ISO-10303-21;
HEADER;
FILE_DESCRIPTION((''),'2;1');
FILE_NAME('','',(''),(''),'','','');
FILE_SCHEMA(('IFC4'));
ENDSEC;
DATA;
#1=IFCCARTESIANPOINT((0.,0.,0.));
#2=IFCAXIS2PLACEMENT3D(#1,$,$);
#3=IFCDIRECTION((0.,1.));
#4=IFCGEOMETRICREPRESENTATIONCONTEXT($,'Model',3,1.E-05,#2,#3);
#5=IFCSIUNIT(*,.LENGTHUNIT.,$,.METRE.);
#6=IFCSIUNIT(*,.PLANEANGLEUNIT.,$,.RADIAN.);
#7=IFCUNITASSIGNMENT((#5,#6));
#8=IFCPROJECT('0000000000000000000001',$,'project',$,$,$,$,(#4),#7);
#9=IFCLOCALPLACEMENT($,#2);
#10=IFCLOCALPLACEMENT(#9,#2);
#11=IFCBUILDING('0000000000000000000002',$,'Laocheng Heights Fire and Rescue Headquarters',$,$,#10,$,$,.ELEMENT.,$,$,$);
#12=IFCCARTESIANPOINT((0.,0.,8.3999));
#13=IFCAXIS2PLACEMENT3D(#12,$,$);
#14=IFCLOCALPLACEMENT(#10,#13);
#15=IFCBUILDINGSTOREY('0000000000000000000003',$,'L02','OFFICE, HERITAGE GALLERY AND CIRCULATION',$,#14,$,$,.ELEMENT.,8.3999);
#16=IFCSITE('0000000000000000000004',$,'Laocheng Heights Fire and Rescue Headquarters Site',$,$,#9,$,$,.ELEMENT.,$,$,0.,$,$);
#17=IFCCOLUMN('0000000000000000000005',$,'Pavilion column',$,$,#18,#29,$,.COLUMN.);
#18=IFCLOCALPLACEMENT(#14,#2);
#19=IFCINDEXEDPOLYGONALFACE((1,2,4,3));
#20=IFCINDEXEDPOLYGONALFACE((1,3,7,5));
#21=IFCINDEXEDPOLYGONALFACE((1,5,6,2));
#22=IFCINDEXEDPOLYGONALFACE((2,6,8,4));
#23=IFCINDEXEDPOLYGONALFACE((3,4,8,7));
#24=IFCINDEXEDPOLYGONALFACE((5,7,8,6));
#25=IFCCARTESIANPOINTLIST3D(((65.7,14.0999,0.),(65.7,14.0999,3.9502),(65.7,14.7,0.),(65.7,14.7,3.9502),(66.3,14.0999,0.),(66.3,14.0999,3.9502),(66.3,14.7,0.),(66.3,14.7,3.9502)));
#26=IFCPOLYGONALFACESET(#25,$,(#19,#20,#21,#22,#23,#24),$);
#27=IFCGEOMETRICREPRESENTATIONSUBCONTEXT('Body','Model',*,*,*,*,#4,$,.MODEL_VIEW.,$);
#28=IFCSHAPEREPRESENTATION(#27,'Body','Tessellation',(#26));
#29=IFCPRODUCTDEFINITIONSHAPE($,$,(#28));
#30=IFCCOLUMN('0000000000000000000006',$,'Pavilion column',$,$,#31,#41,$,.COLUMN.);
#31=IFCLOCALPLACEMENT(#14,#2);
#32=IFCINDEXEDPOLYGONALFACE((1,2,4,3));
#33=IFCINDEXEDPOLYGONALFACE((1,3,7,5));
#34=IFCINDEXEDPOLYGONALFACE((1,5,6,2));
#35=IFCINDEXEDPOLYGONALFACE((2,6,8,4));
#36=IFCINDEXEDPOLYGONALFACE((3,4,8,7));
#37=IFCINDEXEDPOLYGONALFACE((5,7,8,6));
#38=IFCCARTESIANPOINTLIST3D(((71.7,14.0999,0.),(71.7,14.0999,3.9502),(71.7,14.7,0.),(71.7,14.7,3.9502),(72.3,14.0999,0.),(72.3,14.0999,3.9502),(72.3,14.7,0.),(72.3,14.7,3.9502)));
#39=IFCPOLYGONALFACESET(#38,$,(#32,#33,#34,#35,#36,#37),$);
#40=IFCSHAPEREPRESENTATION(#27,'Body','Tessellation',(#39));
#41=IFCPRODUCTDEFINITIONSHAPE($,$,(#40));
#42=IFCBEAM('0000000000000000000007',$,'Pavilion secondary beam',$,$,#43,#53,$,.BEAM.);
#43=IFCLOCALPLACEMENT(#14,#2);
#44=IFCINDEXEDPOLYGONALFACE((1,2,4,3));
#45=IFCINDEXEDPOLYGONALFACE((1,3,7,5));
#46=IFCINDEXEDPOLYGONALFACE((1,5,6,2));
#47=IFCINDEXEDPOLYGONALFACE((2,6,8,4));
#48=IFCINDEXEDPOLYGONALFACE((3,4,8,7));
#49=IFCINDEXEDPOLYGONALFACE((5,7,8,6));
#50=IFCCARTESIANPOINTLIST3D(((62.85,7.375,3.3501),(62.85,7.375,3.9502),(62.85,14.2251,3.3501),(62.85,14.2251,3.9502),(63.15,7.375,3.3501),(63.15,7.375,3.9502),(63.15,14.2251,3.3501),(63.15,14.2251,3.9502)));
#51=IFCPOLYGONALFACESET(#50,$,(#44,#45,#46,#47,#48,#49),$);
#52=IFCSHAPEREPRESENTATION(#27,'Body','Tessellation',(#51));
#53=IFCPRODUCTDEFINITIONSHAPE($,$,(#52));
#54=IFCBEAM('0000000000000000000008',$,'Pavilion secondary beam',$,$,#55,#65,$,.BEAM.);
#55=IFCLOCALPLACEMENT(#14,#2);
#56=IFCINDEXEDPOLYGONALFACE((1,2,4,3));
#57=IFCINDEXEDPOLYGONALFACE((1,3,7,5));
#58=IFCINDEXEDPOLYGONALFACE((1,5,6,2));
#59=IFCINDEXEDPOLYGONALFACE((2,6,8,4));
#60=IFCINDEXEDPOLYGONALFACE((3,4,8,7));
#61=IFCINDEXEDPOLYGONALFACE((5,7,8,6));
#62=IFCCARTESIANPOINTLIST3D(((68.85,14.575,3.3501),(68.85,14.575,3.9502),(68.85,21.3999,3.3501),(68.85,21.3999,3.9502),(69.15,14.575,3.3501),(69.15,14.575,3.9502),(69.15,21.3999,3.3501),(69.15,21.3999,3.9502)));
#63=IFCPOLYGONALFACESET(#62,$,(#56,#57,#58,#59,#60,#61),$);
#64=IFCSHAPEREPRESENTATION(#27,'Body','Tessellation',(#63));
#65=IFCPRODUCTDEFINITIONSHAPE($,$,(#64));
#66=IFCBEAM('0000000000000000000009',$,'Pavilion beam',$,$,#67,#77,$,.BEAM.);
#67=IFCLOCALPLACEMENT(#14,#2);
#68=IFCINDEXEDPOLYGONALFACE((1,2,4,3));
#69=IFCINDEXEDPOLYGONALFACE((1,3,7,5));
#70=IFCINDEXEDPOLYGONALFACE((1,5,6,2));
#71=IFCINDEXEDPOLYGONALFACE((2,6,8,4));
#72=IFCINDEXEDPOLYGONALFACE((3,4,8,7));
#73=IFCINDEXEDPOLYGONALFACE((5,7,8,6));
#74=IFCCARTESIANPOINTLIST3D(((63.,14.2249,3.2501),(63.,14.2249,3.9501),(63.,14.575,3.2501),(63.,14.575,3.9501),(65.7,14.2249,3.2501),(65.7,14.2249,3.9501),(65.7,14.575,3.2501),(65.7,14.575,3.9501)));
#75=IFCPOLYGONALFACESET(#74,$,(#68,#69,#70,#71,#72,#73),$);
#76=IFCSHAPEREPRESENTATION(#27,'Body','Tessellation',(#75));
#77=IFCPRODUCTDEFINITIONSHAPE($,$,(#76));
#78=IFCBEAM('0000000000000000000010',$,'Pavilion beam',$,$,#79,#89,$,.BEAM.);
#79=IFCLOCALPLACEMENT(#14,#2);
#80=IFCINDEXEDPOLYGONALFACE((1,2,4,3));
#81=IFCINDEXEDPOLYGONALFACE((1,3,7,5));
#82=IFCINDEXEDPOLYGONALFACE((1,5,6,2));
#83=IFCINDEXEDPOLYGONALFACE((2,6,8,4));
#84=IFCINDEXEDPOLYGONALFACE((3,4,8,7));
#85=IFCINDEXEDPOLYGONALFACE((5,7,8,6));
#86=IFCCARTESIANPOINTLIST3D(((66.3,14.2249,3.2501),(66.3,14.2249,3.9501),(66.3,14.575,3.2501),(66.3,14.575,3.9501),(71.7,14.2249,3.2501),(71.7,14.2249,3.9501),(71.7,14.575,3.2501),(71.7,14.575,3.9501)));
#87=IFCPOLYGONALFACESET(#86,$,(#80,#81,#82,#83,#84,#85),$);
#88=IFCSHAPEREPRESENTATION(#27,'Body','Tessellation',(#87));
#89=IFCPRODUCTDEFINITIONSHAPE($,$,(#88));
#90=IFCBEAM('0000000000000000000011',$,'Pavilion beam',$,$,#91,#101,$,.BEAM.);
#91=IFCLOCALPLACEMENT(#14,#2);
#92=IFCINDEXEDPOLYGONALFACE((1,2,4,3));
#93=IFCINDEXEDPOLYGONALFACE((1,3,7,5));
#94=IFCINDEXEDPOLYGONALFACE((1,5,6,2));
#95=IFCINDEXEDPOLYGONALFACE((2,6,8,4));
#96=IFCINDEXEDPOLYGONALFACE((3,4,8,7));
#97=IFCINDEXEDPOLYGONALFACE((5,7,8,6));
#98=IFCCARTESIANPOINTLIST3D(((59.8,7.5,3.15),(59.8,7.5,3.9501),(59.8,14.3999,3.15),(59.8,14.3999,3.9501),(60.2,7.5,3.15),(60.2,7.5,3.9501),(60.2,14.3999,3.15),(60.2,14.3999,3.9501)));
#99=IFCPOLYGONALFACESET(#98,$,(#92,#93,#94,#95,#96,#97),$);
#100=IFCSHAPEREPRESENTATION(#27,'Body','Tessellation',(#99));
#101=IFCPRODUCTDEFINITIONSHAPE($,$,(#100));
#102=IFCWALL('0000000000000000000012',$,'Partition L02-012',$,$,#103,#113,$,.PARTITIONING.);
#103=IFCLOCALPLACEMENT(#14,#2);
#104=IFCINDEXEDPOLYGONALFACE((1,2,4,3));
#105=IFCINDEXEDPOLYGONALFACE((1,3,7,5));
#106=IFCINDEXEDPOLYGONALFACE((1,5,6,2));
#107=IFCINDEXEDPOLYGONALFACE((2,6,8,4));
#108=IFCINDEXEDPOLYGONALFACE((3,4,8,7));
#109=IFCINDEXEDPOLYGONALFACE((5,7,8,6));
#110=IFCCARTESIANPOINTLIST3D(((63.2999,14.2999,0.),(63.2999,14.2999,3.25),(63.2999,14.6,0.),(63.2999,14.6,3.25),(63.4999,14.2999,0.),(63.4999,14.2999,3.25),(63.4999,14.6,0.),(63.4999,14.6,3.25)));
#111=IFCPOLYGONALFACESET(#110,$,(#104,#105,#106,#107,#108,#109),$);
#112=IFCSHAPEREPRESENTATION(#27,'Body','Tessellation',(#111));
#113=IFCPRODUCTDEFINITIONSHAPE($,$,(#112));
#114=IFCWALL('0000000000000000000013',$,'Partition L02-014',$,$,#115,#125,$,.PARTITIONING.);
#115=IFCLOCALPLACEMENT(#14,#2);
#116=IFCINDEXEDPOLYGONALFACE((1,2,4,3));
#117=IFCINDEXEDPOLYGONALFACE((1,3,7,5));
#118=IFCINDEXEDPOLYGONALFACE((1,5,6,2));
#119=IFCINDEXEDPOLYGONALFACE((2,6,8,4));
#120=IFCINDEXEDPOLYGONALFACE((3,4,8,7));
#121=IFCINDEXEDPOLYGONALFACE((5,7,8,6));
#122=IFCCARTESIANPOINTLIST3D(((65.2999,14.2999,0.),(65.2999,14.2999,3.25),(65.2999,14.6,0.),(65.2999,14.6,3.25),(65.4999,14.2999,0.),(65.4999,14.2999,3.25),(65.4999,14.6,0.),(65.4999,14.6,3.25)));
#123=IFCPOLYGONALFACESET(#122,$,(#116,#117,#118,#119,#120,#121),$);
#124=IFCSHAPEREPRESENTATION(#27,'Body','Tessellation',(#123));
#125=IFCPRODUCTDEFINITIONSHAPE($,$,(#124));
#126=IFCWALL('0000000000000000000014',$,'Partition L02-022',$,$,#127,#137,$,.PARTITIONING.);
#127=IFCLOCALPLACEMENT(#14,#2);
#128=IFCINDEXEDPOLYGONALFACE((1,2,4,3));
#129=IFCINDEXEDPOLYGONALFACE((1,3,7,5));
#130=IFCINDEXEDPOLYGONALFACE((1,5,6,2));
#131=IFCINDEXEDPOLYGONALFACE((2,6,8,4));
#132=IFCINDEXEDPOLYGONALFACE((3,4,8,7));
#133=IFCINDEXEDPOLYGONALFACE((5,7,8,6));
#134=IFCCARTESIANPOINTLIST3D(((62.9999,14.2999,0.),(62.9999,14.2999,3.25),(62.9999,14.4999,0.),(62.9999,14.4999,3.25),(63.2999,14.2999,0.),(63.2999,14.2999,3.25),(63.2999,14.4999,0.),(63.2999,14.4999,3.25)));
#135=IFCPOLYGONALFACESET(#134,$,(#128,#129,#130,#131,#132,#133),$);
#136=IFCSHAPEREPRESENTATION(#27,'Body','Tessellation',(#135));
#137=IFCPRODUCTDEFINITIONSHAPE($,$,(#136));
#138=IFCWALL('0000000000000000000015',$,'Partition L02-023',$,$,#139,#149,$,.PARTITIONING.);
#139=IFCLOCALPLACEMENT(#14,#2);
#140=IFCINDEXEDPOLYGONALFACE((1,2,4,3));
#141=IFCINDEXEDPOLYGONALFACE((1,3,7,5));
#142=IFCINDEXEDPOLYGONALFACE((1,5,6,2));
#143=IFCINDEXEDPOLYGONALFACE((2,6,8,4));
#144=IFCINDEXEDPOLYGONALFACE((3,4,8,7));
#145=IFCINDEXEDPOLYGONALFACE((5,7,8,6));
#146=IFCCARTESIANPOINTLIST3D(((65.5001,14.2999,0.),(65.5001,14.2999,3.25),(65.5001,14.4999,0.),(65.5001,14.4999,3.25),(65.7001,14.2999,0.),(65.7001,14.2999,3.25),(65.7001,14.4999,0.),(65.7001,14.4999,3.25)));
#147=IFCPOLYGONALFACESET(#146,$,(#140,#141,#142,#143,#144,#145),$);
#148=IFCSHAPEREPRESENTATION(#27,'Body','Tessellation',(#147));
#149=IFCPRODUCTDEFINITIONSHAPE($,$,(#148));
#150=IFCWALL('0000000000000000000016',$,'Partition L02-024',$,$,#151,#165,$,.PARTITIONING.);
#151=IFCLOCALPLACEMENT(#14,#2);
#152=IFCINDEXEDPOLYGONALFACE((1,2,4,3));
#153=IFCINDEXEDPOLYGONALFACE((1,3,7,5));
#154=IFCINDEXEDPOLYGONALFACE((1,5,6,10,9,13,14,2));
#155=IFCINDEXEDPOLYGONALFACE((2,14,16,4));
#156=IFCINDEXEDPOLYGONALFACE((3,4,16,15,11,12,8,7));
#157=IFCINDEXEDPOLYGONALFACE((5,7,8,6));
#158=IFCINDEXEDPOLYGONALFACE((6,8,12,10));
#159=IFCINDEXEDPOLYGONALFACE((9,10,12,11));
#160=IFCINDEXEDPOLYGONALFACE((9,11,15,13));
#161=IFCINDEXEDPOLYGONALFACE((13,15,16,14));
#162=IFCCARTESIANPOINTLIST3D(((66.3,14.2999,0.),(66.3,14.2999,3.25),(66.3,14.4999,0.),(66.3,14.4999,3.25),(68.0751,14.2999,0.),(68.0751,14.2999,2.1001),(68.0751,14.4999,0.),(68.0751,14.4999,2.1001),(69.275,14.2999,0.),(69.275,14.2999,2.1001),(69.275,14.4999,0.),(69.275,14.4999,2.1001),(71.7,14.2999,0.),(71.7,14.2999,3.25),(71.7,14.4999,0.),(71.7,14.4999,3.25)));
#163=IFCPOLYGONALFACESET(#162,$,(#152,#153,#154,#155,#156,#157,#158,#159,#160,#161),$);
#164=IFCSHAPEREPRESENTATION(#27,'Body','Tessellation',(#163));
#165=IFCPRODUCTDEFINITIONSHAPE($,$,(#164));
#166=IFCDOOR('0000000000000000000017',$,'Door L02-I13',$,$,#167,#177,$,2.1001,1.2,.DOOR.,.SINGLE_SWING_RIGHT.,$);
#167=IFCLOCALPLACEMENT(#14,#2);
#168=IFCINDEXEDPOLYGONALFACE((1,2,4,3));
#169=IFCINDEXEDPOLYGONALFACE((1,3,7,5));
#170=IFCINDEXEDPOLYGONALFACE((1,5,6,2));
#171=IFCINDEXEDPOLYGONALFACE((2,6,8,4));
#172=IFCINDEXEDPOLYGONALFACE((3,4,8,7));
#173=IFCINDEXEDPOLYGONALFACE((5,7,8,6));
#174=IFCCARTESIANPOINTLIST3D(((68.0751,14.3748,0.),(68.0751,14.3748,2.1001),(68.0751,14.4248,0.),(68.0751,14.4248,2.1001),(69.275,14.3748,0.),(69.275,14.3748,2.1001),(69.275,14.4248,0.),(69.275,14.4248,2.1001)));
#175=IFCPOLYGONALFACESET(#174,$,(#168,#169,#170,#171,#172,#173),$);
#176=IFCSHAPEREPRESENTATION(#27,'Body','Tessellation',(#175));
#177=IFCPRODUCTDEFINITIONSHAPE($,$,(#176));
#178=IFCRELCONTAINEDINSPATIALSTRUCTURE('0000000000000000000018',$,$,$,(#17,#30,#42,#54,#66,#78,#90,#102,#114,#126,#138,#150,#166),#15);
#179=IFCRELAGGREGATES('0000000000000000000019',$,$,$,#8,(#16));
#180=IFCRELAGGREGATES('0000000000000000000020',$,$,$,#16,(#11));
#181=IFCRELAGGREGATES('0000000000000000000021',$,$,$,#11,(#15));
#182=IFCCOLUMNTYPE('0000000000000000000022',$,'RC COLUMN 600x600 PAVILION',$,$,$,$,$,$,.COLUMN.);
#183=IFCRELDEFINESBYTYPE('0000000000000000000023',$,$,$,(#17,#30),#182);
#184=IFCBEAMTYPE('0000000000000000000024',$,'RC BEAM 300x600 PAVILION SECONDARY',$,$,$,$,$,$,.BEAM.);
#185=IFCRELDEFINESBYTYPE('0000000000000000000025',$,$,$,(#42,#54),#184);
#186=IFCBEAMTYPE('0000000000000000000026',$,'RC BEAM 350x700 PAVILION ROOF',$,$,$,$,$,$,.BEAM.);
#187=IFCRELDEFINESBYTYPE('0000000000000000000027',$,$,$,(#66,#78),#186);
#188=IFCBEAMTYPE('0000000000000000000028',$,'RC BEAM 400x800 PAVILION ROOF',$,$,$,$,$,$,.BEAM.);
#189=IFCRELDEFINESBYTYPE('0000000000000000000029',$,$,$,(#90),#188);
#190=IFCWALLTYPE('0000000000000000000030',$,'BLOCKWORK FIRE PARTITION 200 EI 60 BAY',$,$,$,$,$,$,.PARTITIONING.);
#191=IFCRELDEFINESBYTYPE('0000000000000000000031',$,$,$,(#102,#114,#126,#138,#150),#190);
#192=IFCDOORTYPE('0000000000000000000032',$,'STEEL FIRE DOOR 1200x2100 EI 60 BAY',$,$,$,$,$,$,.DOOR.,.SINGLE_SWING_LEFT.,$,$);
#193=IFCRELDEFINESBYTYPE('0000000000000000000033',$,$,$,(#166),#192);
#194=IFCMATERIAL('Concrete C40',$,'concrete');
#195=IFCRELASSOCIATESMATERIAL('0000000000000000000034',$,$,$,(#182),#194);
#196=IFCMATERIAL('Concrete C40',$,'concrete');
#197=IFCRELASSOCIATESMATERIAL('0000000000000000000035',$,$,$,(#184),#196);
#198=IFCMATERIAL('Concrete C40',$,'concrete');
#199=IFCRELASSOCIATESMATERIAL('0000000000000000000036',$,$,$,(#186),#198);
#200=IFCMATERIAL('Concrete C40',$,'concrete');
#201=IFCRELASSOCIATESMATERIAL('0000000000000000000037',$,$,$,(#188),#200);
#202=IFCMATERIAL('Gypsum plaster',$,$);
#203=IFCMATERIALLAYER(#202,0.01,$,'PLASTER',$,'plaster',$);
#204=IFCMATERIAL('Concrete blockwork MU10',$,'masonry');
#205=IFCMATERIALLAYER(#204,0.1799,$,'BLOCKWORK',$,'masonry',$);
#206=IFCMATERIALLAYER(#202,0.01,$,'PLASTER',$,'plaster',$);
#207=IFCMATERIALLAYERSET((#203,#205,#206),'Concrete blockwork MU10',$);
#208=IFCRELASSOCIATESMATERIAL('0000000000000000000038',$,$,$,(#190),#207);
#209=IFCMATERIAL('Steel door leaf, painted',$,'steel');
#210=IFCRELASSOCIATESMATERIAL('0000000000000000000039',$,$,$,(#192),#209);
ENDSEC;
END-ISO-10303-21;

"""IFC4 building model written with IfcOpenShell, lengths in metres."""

from ifc_helpers import new_model, si_unit, direction, frame, frame_2d, origin, origin_2d, place, context, subcontext, project, spatial, rectangle, extrude, material, layer, layer_set, material_profile, profile_set, type_object, element, fill, save


model = new_model("IFC4")

# Units and contexts
model_context = context("Model", 3, precision=1e-05, world=origin(), true_north=direction((0.0, 1.0)))
body_context = subcontext(model_context, "Body", "Model", "MODEL_VIEW")
ifc_project = project(units=[si_unit("LENGTHUNIT", "METRE"), si_unit("PLANEANGLEUNIT", "RADIAN")], contexts=[model_context])

# Site, building, storey
site_placement = place(None, origin())
site = spatial("IfcSite", under=ifc_project, at=site_placement, Name="Laocheng Heights Fire and Rescue Headquarters Site", CompositionType="ELEMENT", RefElevation=0.0)
building_placement = place(site_placement, origin())
building = spatial("IfcBuilding", under=site, at=building_placement, Name="Laocheng Heights Fire and Rescue Headquarters", CompositionType="ELEMENT")
storey_placement = place(building_placement, frame((0.0, 0.0, 8.3999)))
storey = spatial("IfcBuildingStorey", under=building, at=storey_placement, Name="L02", Description="OFFICE, HERITAGE GALLERY AND CIRCULATION", CompositionType="ELEMENT", Elevation=8.3999)

# Columns
ifc_material_1 = material(Name="Concrete C40", Category="concrete")
ifc_material_profile_1 = material_profile(ifc_material_1, rectangle(XDim=0.6001, YDim=0.6001, at=origin_2d()), Name="RC COLUMN 600x600 PAVILION")
ifc_profile_set_1 = profile_set([ifc_material_profile_1], Name="Concrete C40")
column_type = type_object("IfcColumnType", Name="RC COLUMN 600x600 PAVILION", PredefinedType="COLUMN", material=ifc_profile_set_1)
for number, where, z_axis, x_axis, name in (
    (1, (66.0, 14.3999, 0.0), (0.0, 0.0, 1.0), (1.0, 0.0, 0.0), "Pavilion column"),
    (2, (72.0, 14.3999, 0.0), (0.0, 0.0, 1.0), (1.0, 0.0, 0.0), "Pavilion column"),
):
    element("IfcColumn", number, at=place(storey_placement, frame(where, z_axis=z_axis, x_axis=x_axis)), inside=storey, type_object=column_type, Name=name, PredefinedType="COLUMN", context=body_context, shape_type="SweptSolid", body=[
        extrude(rectangle(XDim=0.6001, YDim=0.6001, at=origin_2d()), origin(), (0.0, 0.0, 1.0), 3.9502),
    ])

# Beams
ifc_material_2 = material(Name="Concrete C40", Category="concrete")
ifc_material_profile_2 = material_profile(ifc_material_2, rectangle(XDim=0.3, YDim=0.6001, at=origin_2d()), Name="RC BEAM 300x600 PAVILION SECONDARY")
ifc_profile_set_2 = profile_set([ifc_material_profile_2], Name="Concrete C40")
beam_type_1 = type_object("IfcBeamType", Name="RC BEAM 300x600 PAVILION SECONDARY", PredefinedType="BEAM", material=ifc_profile_set_2)
beam_1_placement = place(storey_placement, frame((63.0, 7.375, 3.6501), z_axis=(0.0, 1.0, 0.0), x_axis=(-1.0, 0.0, 0.0)))
element("IfcBeam", 3, at=beam_1_placement, inside=storey, type_object=beam_type_1, Name="Pavilion secondary beam", PredefinedType="BEAM", context=body_context, shape_type="SweptSolid", body=[
    extrude(rectangle(XDim=0.3, YDim=0.6001, at=origin_2d()), origin(), (0.0, 0.0, 1.0), 6.8501),
])
beam_2_placement = place(storey_placement, frame((69.0, 14.575, 3.6501), z_axis=(0.0, 1.0, 0.0), x_axis=(-1.0, 0.0, 0.0)))
element("IfcBeam", 4, at=beam_2_placement, inside=storey, type_object=beam_type_1, Name="Pavilion secondary beam", PredefinedType="BEAM", context=body_context, shape_type="SweptSolid", body=[
    extrude(rectangle(XDim=0.3, YDim=0.6001, at=origin_2d()), origin(), (0.0, 0.0, 1.0), 6.825),
])
ifc_material_3 = material(Name="Concrete C40", Category="concrete")
ifc_material_profile_3 = material_profile(ifc_material_3, rectangle(XDim=0.3501, YDim=0.7, at=origin_2d()), Name="RC BEAM 350x700 PAVILION ROOF")
ifc_profile_set_3 = profile_set([ifc_material_profile_3], Name="Concrete C40")
beam_type_2 = type_object("IfcBeamType", Name="RC BEAM 350x700 PAVILION ROOF", PredefinedType="BEAM", material=ifc_profile_set_3)
beam_3_placement = place(storey_placement, frame((63.0, 14.3999, 3.6001), z_axis=(1.0, 0.0, 0.0), x_axis=(0.0, 1.0, 0.0)))
element("IfcBeam", 5, at=beam_3_placement, inside=storey, type_object=beam_type_2, Name="Pavilion beam", PredefinedType="BEAM", context=body_context, shape_type="SweptSolid", body=[
    extrude(rectangle(XDim=0.3501, YDim=0.7, at=origin_2d()), origin(), (0.0, 0.0, 1.0), 2.7),
])
beam_4_placement = place(storey_placement, frame((66.3, 14.3999, 3.6001), z_axis=(1.0, 0.0, 0.0), x_axis=(0.0, 1.0, 0.0)))
element("IfcBeam", 6, at=beam_4_placement, inside=storey, type_object=beam_type_2, Name="Pavilion beam", PredefinedType="BEAM", context=body_context, shape_type="SweptSolid", body=[
    extrude(rectangle(XDim=0.3501, YDim=0.7, at=origin_2d()), origin(), (0.0, 0.0, 1.0), 5.3999),
])
ifc_material_4 = material(Name="Concrete C40", Category="concrete")
ifc_material_profile_4 = material_profile(ifc_material_4, rectangle(XDim=0.3999, YDim=0.8, at=origin_2d()), Name="RC BEAM 400x800 PAVILION ROOF")
ifc_profile_set_4 = profile_set([ifc_material_profile_4], Name="Concrete C40")
beam_type_3 = type_object("IfcBeamType", Name="RC BEAM 400x800 PAVILION ROOF", PredefinedType="BEAM", material=ifc_profile_set_4)
beam_5_placement = place(storey_placement, frame((60.0, 7.5, 3.55), z_axis=(0.0, 1.0, 0.0), x_axis=(-1.0, 0.0, 0.0)))
element("IfcBeam", 7, at=beam_5_placement, inside=storey, type_object=beam_type_3, Name="Pavilion beam", PredefinedType="BEAM", context=body_context, shape_type="SweptSolid", body=[
    extrude(rectangle(XDim=0.3999, YDim=0.8, at=origin_2d()), origin(), (0.0, 0.0, 1.0), 6.8999),
])

# Walls
ifc_material_5 = material(Name="Gypsum plaster")
ifc_layer_1 = layer(ifc_material_5, 0.01, Name="PLASTER", Category="plaster")
ifc_material_6 = material(Name="Concrete blockwork MU10", Category="masonry")
ifc_layer_2 = layer(ifc_material_6, 0.1799, Name="BLOCKWORK", Category="masonry")
ifc_layer_3 = layer(ifc_material_5, 0.01, Name="PLASTER", Category="plaster")
ifc_layer_set_1 = layer_set([ifc_layer_1, ifc_layer_2, ifc_layer_3], Name="Concrete blockwork MU10")
wall_type_1 = type_object("IfcWallType", Name="BLOCKWORK FIRE PARTITION 200 EI 60 BAY", PredefinedType="PARTITIONING", material=ifc_layer_set_1)
for number, where, z_axis, x_axis, name in (
    (8, (63.3999, 14.3, 0.0), (0.0, 0.0, 1.0), (0.0, 1.0, 0.0), "Partition L02-012"),
    (9, (65.3999, 14.3, 0.0), (0.0, 0.0, 1.0), (0.0, 1.0, 0.0), "Partition L02-014"),
    (10, (63.0, 14.3999, 0.0), (0.0, 0.0, 1.0), (1.0, 0.0, 0.0), "Partition L02-022"),
):
    element("IfcWall", number, at=place(storey_placement, frame(where, z_axis=z_axis, x_axis=x_axis)), inside=storey, type_object=wall_type_1, Name=name, PredefinedType="PARTITIONING", context=body_context, shape_type="SweptSolid", body=[
        extrude(rectangle(XDim=0.3, YDim=0.2, at=frame_2d((0.1499, 0.0))), origin(), (0.0, 0.0, 1.0), 3.25),
    ])
wall_1_placement = place(storey_placement, frame((65.5, 14.3999, 0.0), z_axis=(0.0, 0.0, 1.0), x_axis=(1.0, 0.0, 0.0)))
element("IfcWall", 11, at=wall_1_placement, inside=storey, type_object=wall_type_1, Name="Partition L02-023", PredefinedType="PARTITIONING", context=body_context, shape_type="SweptSolid", body=[
    extrude(rectangle(XDim=0.2, YDim=0.2, at=frame_2d((0.1001, 0.0))), origin(), (0.0, 0.0, 1.0), 3.25),
])

# Wall, opening, door
wall_2_placement = place(storey_placement, frame((66.3, 14.3999, 0.0), z_axis=(0.0, 0.0, 1.0), x_axis=(1.0, 0.0, 0.0)))
wall_2 = element("IfcWall", 12, at=wall_2_placement, inside=storey, type_object=wall_type_1, Name="Partition L02-024", PredefinedType="PARTITIONING", context=body_context, shape_type="SweptSolid", body=[
    extrude(rectangle(XDim=5.3999, YDim=0.2, at=frame_2d((2.7, 0.0))), origin(), (0.0, 0.0, 1.0), 3.25),
])
opening_1_placement = place(wall_2_placement, frame((1.7749, 0.0, 0.0)))
opening_1 = element("IfcOpeningElement", 13, at=opening_1_placement, cuts=wall_2, PredefinedType="OPENING", context=body_context, shape_type="SweptSolid", body=[
    extrude(rectangle(XDim=1.2, YDim=2.1001, at=frame_2d((0.6001, 1.05))), frame((0.0, 0.1099, 0.0), z_axis=(0.0, -1.0, 0.0), x_axis=(1.0, 0.0, 0.0)), (0.0, 0.0, 1.0), 0.22),
])
ifc_material_7 = material(Name="Steel door leaf, painted", Category="steel")
door_type_1 = type_object("IfcDoorType", Name="STEEL FIRE DOOR 1200x2100 EI 60 BAY", OperationType="SINGLE_SWING_LEFT", PredefinedType="DOOR", material=ifc_material_7)
door_1_placement = place(opening_1_placement, origin())
door_1 = element("IfcDoor", 14, at=door_1_placement, inside=storey, type_object=door_type_1, Name="Door L02-I13", OperationType="SINGLE_SWING_RIGHT", OverallHeight=2.1001, OverallWidth=1.2, PredefinedType="DOOR", context=body_context, shape_type="SweptSolid", body=[
    extrude(rectangle(XDim=1.2, YDim=2.1001, at=frame_2d((0.6001, 1.05))), frame((0.0, 0.0249, 0.0), z_axis=(0.0, -1.0, 0.0), x_axis=(1.0, 0.0, 0.0)), (0.0, 0.0, 1.0), 0.05),
])
fill(opening_1, door_1)

save(model, "model.ifc")
